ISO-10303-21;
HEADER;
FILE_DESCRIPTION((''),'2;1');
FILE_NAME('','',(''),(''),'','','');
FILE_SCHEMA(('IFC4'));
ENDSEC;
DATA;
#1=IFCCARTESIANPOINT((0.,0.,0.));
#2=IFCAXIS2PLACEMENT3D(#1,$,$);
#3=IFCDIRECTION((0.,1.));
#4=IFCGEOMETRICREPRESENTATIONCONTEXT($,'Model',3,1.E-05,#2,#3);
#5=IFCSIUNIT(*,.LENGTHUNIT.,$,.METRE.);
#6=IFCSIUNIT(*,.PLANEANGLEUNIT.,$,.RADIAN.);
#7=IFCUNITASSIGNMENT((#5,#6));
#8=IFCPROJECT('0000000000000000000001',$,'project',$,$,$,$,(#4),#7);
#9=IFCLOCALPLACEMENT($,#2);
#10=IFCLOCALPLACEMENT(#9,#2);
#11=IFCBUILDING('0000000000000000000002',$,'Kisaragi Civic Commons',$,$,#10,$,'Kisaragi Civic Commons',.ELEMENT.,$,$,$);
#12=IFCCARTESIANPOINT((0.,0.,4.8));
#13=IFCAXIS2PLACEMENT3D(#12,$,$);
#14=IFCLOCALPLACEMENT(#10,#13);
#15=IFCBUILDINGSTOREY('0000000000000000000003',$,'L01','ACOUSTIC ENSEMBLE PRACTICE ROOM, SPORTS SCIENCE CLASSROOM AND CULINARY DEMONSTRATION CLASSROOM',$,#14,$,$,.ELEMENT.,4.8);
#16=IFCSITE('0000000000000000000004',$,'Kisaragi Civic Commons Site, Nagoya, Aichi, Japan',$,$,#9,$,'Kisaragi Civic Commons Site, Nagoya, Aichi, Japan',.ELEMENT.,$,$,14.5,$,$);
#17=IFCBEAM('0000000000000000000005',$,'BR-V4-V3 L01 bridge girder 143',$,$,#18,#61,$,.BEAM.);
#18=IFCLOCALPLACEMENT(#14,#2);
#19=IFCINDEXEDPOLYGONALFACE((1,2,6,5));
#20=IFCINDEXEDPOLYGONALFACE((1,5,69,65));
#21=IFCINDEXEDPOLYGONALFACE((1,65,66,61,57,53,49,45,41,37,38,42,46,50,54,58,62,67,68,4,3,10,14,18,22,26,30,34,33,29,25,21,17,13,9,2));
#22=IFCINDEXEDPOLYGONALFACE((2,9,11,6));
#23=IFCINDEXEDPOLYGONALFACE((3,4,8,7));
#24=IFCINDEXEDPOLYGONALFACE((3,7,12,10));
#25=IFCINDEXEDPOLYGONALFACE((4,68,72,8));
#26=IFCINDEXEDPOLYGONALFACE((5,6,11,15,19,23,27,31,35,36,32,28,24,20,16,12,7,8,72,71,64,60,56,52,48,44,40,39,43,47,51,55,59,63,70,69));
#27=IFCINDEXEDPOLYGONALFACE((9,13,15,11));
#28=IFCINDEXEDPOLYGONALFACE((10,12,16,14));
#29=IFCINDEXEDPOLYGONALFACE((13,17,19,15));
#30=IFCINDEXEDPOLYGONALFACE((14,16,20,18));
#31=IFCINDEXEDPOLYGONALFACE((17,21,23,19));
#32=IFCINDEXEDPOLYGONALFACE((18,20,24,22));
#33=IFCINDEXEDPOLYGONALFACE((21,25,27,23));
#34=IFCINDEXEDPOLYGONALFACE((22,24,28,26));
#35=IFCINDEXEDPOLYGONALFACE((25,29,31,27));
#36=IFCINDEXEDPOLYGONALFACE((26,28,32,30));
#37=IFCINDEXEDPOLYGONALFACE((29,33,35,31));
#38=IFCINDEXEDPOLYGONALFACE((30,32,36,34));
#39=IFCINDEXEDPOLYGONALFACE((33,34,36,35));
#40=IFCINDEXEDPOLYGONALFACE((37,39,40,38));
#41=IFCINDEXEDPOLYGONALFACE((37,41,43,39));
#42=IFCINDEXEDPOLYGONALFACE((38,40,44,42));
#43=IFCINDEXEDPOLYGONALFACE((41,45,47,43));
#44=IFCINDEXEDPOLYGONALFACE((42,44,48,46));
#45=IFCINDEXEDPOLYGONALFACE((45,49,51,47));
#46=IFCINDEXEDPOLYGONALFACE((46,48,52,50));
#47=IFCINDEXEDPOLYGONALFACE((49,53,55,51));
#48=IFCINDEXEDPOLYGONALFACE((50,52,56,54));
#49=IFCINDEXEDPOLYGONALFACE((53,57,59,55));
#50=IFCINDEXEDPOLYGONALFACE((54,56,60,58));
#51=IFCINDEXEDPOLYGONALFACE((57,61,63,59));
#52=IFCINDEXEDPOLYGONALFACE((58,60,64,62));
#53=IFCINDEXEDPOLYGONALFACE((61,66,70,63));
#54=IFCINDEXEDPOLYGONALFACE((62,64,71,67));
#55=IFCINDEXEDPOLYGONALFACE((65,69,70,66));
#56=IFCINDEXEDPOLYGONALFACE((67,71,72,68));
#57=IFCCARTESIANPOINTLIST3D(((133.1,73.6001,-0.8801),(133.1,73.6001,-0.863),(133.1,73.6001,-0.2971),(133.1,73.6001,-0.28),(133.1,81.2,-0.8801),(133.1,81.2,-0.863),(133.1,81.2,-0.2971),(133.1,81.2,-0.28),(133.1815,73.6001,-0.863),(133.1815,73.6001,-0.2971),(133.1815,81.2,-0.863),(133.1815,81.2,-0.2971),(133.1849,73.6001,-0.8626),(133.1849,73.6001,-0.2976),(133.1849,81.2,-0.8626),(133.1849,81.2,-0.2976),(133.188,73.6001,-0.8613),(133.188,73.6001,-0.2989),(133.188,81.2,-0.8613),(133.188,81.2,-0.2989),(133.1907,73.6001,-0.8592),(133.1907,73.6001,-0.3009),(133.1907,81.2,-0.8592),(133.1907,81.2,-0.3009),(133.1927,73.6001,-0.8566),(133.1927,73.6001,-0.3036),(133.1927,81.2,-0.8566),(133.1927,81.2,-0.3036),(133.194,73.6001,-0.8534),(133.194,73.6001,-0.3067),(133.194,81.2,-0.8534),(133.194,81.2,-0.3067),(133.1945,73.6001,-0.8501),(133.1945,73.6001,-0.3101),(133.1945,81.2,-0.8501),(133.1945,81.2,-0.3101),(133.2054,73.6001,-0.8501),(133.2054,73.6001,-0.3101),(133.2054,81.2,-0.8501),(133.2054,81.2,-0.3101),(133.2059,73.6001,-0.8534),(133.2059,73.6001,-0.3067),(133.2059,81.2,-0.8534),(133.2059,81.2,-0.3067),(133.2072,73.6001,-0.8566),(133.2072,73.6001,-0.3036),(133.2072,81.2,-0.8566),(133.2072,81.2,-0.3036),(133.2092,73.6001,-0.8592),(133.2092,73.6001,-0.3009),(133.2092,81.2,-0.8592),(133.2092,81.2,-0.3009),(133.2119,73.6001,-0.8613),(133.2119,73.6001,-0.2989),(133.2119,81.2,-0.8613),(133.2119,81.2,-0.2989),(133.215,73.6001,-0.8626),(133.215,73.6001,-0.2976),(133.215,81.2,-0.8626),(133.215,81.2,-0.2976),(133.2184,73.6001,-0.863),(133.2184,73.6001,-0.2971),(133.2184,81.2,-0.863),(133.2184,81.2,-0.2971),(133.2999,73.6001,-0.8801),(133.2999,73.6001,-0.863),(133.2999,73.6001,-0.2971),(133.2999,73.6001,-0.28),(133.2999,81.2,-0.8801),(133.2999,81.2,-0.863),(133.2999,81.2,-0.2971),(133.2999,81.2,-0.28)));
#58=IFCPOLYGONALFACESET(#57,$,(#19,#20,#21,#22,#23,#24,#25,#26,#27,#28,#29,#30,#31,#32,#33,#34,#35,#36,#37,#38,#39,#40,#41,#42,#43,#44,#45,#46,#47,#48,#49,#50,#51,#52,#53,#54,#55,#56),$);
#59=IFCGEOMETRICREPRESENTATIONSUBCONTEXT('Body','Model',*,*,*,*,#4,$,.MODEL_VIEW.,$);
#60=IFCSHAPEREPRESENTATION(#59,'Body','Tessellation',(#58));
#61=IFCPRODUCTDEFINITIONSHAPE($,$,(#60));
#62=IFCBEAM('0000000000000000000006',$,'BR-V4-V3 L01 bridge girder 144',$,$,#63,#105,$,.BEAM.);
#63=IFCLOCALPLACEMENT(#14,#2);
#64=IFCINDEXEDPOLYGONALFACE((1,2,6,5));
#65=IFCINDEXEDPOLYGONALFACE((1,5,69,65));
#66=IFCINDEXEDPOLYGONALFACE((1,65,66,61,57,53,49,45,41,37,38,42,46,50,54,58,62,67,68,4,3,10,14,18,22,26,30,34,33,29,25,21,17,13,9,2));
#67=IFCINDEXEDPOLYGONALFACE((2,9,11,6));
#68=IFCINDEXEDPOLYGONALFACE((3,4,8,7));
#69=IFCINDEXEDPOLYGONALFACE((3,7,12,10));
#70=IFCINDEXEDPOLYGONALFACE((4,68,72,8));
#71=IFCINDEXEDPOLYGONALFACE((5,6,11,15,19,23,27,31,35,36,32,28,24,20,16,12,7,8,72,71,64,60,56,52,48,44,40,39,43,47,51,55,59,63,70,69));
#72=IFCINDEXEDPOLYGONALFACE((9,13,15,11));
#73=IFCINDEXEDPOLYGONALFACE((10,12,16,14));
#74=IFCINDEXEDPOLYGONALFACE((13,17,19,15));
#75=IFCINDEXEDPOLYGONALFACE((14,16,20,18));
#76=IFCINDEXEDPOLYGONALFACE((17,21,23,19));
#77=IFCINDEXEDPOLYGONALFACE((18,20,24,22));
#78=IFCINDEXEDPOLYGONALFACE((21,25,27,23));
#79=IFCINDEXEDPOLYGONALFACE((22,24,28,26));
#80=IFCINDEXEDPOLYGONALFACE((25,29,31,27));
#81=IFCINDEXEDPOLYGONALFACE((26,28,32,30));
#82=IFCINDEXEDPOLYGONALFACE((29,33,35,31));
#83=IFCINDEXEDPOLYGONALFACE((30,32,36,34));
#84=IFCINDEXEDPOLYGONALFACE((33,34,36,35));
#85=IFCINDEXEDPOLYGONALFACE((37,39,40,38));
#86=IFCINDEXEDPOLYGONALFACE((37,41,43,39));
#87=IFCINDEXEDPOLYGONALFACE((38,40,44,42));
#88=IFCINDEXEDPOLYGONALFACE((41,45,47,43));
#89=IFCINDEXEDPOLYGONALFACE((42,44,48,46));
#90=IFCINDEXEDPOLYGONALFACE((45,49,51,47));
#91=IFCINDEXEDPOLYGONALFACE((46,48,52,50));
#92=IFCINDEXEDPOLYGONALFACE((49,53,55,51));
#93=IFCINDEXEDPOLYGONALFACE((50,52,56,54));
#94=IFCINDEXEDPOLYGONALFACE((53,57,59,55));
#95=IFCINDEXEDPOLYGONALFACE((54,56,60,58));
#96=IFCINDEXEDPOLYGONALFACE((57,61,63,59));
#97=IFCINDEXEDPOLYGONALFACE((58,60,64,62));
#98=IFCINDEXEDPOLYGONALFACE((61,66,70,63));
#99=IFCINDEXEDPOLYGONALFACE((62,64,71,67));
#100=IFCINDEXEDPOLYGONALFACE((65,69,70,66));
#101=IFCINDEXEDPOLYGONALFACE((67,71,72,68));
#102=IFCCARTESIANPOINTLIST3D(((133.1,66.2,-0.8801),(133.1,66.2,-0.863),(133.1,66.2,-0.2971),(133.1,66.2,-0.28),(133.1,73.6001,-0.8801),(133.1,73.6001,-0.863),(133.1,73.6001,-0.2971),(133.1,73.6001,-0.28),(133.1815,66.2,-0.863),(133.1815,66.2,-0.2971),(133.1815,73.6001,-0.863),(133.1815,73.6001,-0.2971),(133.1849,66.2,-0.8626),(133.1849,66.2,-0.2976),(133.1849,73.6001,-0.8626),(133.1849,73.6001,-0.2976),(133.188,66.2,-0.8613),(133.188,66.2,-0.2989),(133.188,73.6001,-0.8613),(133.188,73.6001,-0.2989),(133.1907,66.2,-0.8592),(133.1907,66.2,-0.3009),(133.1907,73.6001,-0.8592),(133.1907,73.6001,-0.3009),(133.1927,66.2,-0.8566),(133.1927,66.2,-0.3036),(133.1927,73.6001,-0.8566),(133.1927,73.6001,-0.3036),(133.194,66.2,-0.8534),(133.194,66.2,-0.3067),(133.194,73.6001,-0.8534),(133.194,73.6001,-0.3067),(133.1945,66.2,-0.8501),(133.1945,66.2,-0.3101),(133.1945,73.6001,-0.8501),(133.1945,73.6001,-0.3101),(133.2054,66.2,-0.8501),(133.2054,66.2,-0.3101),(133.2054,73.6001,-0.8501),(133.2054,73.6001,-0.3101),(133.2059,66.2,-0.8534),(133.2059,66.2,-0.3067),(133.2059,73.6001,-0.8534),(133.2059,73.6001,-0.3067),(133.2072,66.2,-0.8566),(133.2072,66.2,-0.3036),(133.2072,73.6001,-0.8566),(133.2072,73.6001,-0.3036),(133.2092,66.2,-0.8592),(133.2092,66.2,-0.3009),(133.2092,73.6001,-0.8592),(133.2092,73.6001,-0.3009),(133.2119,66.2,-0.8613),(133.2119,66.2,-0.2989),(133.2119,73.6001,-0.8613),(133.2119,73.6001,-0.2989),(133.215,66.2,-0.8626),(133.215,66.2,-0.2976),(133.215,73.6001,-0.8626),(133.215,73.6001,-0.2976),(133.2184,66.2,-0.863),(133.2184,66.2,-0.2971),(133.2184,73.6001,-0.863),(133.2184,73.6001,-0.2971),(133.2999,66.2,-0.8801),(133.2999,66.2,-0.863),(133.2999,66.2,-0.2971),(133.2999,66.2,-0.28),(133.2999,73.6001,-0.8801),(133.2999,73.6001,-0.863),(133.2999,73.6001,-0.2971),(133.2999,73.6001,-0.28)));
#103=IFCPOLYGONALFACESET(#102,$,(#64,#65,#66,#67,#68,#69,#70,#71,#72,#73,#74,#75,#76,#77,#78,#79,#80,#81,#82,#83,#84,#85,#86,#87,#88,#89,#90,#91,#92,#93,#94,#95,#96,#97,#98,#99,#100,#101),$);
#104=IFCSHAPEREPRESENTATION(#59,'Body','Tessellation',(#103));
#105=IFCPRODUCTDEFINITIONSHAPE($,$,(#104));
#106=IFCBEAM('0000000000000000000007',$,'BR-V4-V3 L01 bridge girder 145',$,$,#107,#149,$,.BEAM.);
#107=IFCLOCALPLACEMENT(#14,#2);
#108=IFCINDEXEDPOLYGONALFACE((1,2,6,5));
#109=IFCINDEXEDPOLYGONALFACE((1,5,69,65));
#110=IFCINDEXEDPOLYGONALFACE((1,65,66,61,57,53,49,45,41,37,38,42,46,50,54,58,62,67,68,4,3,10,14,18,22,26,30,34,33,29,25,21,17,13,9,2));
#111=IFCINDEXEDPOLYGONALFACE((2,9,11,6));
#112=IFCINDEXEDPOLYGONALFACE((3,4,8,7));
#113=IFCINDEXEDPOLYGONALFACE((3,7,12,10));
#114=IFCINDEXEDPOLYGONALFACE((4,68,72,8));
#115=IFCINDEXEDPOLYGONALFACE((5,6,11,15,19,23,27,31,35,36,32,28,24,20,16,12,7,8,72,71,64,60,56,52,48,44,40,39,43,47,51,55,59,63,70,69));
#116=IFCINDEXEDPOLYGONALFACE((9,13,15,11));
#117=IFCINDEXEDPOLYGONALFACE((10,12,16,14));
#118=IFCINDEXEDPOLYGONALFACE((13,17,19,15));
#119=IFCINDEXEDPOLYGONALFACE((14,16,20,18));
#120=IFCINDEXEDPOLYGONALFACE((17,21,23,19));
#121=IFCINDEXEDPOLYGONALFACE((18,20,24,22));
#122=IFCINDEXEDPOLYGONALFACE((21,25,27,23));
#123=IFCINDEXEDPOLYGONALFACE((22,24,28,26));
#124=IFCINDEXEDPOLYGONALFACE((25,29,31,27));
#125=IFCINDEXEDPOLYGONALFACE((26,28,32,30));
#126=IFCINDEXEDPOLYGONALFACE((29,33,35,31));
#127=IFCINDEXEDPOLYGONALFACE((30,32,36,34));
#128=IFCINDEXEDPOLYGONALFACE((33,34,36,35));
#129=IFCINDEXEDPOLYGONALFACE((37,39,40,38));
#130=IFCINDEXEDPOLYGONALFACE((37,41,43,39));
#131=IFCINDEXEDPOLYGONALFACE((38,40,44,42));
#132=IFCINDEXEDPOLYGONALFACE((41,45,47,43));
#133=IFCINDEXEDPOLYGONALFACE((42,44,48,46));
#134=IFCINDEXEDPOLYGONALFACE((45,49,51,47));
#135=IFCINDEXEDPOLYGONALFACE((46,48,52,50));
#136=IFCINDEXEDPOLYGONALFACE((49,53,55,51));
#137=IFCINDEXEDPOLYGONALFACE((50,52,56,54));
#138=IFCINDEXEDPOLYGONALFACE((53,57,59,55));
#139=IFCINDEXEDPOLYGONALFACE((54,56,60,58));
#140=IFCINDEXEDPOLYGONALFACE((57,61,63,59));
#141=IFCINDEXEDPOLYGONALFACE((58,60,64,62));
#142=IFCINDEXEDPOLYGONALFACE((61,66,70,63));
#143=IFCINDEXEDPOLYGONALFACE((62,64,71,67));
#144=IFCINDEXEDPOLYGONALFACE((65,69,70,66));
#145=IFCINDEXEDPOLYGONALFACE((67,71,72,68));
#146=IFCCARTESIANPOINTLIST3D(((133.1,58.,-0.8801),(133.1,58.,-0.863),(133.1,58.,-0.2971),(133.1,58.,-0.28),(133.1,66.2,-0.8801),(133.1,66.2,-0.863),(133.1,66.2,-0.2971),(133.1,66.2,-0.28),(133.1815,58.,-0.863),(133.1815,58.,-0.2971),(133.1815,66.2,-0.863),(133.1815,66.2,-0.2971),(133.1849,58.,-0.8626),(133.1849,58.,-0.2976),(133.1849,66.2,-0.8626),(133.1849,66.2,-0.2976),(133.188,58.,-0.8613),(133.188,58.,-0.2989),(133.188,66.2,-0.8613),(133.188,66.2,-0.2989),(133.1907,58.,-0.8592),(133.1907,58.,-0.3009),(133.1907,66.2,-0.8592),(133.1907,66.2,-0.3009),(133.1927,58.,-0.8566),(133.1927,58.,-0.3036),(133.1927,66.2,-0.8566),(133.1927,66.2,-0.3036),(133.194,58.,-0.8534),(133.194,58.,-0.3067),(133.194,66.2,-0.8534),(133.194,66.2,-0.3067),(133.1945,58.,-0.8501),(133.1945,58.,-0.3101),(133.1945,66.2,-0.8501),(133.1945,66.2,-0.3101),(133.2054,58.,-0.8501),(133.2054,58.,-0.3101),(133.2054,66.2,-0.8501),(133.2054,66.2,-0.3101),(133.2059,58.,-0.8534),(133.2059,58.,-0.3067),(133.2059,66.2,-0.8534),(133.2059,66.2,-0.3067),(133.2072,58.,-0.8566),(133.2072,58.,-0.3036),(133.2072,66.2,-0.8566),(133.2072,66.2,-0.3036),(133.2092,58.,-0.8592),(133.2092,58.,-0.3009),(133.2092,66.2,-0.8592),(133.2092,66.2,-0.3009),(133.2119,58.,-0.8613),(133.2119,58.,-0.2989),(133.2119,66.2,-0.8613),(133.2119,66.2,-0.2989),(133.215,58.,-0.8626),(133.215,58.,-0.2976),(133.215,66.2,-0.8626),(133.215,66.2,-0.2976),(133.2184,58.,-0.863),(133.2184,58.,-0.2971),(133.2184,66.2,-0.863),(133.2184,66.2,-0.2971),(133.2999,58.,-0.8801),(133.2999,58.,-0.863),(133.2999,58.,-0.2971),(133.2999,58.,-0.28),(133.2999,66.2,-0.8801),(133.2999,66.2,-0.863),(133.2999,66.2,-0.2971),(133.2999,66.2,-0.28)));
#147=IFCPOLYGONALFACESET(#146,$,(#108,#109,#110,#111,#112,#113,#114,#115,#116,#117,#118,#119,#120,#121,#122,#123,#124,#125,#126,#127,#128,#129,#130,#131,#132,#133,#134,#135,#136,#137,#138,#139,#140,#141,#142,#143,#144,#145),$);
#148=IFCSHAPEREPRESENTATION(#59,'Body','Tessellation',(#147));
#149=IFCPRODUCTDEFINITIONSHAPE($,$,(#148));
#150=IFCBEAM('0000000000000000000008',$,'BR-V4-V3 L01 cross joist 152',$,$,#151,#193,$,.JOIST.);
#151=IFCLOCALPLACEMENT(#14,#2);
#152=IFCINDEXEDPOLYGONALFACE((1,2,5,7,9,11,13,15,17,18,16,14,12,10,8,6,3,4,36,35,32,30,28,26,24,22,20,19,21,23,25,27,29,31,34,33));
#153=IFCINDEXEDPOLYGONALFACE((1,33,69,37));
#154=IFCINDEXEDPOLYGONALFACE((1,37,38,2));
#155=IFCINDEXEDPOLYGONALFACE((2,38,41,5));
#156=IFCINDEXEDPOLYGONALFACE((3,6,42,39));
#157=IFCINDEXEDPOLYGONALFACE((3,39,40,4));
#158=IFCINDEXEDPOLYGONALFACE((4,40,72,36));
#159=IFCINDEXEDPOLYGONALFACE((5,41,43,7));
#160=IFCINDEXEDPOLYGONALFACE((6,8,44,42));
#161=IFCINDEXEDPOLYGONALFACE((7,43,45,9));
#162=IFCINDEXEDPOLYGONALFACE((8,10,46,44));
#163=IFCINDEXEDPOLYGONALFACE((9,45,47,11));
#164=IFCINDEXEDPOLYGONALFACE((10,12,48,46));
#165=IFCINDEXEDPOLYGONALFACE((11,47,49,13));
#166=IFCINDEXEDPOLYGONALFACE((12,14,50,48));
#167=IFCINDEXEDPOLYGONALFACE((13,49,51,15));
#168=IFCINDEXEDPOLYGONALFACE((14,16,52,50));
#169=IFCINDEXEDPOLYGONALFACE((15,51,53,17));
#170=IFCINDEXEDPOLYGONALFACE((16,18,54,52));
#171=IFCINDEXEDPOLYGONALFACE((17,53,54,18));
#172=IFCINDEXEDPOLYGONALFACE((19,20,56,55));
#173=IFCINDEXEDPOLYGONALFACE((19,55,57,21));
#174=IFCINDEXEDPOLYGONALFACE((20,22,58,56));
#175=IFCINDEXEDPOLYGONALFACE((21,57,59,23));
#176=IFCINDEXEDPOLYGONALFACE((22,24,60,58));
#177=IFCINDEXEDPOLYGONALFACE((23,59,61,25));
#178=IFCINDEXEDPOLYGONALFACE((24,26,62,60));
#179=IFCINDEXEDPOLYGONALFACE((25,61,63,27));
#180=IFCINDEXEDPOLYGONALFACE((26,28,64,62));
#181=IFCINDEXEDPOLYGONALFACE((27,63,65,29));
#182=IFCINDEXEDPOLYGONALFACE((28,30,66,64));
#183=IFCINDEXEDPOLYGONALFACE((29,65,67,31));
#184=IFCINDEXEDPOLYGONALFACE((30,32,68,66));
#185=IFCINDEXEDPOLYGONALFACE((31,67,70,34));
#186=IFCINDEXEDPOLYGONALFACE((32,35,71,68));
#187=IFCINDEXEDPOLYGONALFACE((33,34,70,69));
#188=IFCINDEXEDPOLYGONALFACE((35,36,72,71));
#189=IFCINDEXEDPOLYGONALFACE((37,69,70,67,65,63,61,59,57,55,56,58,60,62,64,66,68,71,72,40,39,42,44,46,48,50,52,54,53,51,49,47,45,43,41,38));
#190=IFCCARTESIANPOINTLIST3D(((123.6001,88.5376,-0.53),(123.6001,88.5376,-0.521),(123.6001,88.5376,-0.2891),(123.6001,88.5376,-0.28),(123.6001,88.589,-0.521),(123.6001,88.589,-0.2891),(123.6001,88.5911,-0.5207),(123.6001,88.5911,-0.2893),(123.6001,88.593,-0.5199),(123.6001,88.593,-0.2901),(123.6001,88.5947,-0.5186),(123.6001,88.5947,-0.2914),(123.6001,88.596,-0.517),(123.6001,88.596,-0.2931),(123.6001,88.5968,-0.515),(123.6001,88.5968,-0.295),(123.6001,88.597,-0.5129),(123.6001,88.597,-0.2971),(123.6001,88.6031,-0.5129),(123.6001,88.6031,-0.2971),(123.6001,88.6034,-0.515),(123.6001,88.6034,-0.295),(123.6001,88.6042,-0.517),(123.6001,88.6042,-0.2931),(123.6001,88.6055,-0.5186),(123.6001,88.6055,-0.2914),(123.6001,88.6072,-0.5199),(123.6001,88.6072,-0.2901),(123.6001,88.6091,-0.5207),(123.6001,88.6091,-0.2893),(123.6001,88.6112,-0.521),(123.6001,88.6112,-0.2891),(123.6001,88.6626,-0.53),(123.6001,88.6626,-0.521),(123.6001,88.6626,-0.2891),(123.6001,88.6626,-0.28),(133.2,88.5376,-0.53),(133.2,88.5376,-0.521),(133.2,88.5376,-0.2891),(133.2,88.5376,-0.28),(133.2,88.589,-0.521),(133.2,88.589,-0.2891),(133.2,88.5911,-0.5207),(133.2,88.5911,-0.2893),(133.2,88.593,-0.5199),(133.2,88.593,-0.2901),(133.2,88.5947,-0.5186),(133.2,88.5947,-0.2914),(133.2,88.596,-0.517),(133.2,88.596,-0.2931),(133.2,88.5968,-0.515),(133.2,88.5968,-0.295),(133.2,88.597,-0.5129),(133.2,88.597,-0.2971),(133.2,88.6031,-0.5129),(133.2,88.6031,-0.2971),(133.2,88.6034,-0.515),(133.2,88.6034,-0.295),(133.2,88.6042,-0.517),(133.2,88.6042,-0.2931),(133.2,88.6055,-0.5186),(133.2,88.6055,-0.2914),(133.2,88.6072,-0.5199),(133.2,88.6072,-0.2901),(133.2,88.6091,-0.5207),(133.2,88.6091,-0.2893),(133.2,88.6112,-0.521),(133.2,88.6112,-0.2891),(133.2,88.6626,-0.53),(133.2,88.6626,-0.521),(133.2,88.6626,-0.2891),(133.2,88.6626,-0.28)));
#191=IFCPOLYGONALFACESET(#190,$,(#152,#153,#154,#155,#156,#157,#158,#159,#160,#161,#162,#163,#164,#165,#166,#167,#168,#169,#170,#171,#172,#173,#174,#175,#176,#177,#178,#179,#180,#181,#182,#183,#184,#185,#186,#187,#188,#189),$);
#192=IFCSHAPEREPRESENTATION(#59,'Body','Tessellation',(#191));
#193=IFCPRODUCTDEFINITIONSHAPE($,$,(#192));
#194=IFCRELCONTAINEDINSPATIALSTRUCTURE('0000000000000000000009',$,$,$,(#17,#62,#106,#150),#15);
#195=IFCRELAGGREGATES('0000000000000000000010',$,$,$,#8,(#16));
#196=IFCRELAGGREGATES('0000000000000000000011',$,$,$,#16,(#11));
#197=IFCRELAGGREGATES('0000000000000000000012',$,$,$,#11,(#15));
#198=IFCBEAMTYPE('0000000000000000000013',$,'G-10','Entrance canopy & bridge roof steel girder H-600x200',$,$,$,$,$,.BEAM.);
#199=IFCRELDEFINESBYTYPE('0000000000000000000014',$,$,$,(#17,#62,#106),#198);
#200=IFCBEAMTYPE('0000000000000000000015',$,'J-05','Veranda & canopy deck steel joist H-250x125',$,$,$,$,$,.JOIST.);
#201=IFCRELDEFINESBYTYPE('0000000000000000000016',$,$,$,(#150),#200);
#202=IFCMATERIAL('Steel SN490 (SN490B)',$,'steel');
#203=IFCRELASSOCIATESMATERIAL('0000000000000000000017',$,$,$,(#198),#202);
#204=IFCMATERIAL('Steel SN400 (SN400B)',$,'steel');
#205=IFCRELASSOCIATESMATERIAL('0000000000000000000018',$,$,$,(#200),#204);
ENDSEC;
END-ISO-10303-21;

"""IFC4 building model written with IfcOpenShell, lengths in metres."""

from ifc_helpers import new_model, si_unit, direction, frame, origin, origin_2d, place, context, subcontext, project, spatial, i_section, extrude, material, material_profile, profile_set, type_object, element, save


model = new_model("IFC4")

# Units and contexts
model_context = context("Model", 3, precision=1e-05, world=origin(), true_north=direction((0.0, 1.0)))
body_context = subcontext(model_context, "Body", "Model", "MODEL_VIEW")
ifc_project = project(units=[si_unit("LENGTHUNIT", "METRE"), si_unit("PLANEANGLEUNIT", "RADIAN")], contexts=[model_context])

# Site, building, storey
site_placement = place(None, origin())
site = spatial("IfcSite", under=ifc_project, at=site_placement, Name="Kisaragi Civic Commons Site, Nagoya, Aichi, Japan", LongName="Kisaragi Civic Commons Site, Nagoya, Aichi, Japan", CompositionType="ELEMENT", RefElevation=14.5)
building_placement = place(site_placement, origin())
building = spatial("IfcBuilding", under=site, at=building_placement, Name="Kisaragi Civic Commons", LongName="Kisaragi Civic Commons", CompositionType="ELEMENT")
storey_placement = place(building_placement, frame((0.0, 0.0, 4.8)))
storey = spatial("IfcBuildingStorey", under=building, at=storey_placement, Name="L01", Description="ACOUSTIC ENSEMBLE PRACTICE ROOM, SPORTS SCIENCE CLASSROOM AND CULINARY DEMONSTRATION CLASSROOM", CompositionType="ELEMENT", Elevation=4.8)

# Beams
ifc_material_1 = material(Name="Steel SN490 (SN490B)", Category="steel")
ifc_material_profile_1 = material_profile(ifc_material_1, i_section(OverallWidth=0.2, OverallDepth=0.6001, WebThickness=0.011, FlangeThickness=0.0171, FilletRadius=0.0129, at=origin_2d()), Name="H-600x200x11x17", Category="steel")
ifc_profile_set_1 = profile_set([ifc_material_profile_1], Name="Steel SN490 (SN490B)")
beam_type_1 = type_object("IfcBeamType", Name="G-10", Description="Entrance canopy & bridge roof steel girder H-600x200", PredefinedType="BEAM", material=ifc_profile_set_1)
beam_1_placement = place(storey_placement, frame((133.2, 81.2, -0.5801), z_axis=(0.0, -1.0, 0.0), x_axis=(1.0, 0.0, 0.0)))
element("IfcBeam", 1, at=beam_1_placement, inside=storey, type_object=beam_type_1, Name="BR-V4-V3 L01 bridge girder 143", PredefinedType="BEAM", context=body_context, shape_type="SweptSolid", body=[
    extrude(i_section(OverallWidth=0.2, OverallDepth=0.6001, WebThickness=0.011, FlangeThickness=0.0171, FilletRadius=0.0129, at=origin_2d()), origin(), (0.0, 0.0, 1.0), 7.5999),
])
beam_2_placement = place(storey_placement, frame((133.2, 73.6001, -0.5801), z_axis=(0.0, -1.0, 0.0), x_axis=(1.0, 0.0, 0.0)))
element("IfcBeam", 2, at=beam_2_placement, inside=storey, type_object=beam_type_1, Name="BR-V4-V3 L01 bridge girder 144", PredefinedType="BEAM", context=body_context, shape_type="SweptSolid", body=[
    extrude(i_section(OverallWidth=0.2, OverallDepth=0.6001, WebThickness=0.011, FlangeThickness=0.0171, FilletRadius=0.0129, at=origin_2d()), origin(), (0.0, 0.0, 1.0), 7.4001),
])
beam_3_placement = place(storey_placement, frame((133.2, 66.2, -0.5801), z_axis=(0.0, -1.0, 0.0), x_axis=(1.0, 0.0, 0.0)))
element("IfcBeam", 3, at=beam_3_placement, inside=storey, type_object=beam_type_1, Name="BR-V4-V3 L01 bridge girder 145", PredefinedType="BEAM", context=body_context, shape_type="SweptSolid", body=[
    extrude(i_section(OverallWidth=0.2, OverallDepth=0.6001, WebThickness=0.011, FlangeThickness=0.0171, FilletRadius=0.0129, at=origin_2d()), origin(), (0.0, 0.0, 1.0), 8.2),
])
ifc_material_2 = material(Name="Steel SN400 (SN400B)", Category="steel")
ifc_material_profile_2 = material_profile(ifc_material_2, i_section(OverallWidth=0.125, OverallDepth=0.25, WebThickness=0.0061, FlangeThickness=0.009, FilletRadius=0.0081, at=origin_2d()), Name="H-250x125x6x9", Category="steel")
ifc_profile_set_2 = profile_set([ifc_material_profile_2], Name="Steel SN400 (SN400B)")
beam_type_2 = type_object("IfcBeamType", Name="J-05", Description="Veranda & canopy deck steel joist H-250x125", PredefinedType="JOIST", material=ifc_profile_set_2)
for number, where, z_axis, x_axis, name in (
    (4, (123.6001, 88.6001, -0.405), (1.0, 0.0, 0.0), (0.0, 1.0, 0.0), "BR-V4-V3 L01 cross joist 152"),
):
    element("IfcBeam", number, at=place(storey_placement, frame(where, z_axis=z_axis, x_axis=x_axis)), inside=storey, type_object=beam_type_2, Name=name, PredefinedType="JOIST", context=body_context, shape_type="SweptSolid", body=[
        extrude(i_section(OverallWidth=0.125, OverallDepth=0.25, WebThickness=0.0061, FlangeThickness=0.009, FilletRadius=0.0081, at=origin_2d()), origin(), (0.0, 0.0, 1.0), 9.5999),
    ])

save(model, "model.ifc")
